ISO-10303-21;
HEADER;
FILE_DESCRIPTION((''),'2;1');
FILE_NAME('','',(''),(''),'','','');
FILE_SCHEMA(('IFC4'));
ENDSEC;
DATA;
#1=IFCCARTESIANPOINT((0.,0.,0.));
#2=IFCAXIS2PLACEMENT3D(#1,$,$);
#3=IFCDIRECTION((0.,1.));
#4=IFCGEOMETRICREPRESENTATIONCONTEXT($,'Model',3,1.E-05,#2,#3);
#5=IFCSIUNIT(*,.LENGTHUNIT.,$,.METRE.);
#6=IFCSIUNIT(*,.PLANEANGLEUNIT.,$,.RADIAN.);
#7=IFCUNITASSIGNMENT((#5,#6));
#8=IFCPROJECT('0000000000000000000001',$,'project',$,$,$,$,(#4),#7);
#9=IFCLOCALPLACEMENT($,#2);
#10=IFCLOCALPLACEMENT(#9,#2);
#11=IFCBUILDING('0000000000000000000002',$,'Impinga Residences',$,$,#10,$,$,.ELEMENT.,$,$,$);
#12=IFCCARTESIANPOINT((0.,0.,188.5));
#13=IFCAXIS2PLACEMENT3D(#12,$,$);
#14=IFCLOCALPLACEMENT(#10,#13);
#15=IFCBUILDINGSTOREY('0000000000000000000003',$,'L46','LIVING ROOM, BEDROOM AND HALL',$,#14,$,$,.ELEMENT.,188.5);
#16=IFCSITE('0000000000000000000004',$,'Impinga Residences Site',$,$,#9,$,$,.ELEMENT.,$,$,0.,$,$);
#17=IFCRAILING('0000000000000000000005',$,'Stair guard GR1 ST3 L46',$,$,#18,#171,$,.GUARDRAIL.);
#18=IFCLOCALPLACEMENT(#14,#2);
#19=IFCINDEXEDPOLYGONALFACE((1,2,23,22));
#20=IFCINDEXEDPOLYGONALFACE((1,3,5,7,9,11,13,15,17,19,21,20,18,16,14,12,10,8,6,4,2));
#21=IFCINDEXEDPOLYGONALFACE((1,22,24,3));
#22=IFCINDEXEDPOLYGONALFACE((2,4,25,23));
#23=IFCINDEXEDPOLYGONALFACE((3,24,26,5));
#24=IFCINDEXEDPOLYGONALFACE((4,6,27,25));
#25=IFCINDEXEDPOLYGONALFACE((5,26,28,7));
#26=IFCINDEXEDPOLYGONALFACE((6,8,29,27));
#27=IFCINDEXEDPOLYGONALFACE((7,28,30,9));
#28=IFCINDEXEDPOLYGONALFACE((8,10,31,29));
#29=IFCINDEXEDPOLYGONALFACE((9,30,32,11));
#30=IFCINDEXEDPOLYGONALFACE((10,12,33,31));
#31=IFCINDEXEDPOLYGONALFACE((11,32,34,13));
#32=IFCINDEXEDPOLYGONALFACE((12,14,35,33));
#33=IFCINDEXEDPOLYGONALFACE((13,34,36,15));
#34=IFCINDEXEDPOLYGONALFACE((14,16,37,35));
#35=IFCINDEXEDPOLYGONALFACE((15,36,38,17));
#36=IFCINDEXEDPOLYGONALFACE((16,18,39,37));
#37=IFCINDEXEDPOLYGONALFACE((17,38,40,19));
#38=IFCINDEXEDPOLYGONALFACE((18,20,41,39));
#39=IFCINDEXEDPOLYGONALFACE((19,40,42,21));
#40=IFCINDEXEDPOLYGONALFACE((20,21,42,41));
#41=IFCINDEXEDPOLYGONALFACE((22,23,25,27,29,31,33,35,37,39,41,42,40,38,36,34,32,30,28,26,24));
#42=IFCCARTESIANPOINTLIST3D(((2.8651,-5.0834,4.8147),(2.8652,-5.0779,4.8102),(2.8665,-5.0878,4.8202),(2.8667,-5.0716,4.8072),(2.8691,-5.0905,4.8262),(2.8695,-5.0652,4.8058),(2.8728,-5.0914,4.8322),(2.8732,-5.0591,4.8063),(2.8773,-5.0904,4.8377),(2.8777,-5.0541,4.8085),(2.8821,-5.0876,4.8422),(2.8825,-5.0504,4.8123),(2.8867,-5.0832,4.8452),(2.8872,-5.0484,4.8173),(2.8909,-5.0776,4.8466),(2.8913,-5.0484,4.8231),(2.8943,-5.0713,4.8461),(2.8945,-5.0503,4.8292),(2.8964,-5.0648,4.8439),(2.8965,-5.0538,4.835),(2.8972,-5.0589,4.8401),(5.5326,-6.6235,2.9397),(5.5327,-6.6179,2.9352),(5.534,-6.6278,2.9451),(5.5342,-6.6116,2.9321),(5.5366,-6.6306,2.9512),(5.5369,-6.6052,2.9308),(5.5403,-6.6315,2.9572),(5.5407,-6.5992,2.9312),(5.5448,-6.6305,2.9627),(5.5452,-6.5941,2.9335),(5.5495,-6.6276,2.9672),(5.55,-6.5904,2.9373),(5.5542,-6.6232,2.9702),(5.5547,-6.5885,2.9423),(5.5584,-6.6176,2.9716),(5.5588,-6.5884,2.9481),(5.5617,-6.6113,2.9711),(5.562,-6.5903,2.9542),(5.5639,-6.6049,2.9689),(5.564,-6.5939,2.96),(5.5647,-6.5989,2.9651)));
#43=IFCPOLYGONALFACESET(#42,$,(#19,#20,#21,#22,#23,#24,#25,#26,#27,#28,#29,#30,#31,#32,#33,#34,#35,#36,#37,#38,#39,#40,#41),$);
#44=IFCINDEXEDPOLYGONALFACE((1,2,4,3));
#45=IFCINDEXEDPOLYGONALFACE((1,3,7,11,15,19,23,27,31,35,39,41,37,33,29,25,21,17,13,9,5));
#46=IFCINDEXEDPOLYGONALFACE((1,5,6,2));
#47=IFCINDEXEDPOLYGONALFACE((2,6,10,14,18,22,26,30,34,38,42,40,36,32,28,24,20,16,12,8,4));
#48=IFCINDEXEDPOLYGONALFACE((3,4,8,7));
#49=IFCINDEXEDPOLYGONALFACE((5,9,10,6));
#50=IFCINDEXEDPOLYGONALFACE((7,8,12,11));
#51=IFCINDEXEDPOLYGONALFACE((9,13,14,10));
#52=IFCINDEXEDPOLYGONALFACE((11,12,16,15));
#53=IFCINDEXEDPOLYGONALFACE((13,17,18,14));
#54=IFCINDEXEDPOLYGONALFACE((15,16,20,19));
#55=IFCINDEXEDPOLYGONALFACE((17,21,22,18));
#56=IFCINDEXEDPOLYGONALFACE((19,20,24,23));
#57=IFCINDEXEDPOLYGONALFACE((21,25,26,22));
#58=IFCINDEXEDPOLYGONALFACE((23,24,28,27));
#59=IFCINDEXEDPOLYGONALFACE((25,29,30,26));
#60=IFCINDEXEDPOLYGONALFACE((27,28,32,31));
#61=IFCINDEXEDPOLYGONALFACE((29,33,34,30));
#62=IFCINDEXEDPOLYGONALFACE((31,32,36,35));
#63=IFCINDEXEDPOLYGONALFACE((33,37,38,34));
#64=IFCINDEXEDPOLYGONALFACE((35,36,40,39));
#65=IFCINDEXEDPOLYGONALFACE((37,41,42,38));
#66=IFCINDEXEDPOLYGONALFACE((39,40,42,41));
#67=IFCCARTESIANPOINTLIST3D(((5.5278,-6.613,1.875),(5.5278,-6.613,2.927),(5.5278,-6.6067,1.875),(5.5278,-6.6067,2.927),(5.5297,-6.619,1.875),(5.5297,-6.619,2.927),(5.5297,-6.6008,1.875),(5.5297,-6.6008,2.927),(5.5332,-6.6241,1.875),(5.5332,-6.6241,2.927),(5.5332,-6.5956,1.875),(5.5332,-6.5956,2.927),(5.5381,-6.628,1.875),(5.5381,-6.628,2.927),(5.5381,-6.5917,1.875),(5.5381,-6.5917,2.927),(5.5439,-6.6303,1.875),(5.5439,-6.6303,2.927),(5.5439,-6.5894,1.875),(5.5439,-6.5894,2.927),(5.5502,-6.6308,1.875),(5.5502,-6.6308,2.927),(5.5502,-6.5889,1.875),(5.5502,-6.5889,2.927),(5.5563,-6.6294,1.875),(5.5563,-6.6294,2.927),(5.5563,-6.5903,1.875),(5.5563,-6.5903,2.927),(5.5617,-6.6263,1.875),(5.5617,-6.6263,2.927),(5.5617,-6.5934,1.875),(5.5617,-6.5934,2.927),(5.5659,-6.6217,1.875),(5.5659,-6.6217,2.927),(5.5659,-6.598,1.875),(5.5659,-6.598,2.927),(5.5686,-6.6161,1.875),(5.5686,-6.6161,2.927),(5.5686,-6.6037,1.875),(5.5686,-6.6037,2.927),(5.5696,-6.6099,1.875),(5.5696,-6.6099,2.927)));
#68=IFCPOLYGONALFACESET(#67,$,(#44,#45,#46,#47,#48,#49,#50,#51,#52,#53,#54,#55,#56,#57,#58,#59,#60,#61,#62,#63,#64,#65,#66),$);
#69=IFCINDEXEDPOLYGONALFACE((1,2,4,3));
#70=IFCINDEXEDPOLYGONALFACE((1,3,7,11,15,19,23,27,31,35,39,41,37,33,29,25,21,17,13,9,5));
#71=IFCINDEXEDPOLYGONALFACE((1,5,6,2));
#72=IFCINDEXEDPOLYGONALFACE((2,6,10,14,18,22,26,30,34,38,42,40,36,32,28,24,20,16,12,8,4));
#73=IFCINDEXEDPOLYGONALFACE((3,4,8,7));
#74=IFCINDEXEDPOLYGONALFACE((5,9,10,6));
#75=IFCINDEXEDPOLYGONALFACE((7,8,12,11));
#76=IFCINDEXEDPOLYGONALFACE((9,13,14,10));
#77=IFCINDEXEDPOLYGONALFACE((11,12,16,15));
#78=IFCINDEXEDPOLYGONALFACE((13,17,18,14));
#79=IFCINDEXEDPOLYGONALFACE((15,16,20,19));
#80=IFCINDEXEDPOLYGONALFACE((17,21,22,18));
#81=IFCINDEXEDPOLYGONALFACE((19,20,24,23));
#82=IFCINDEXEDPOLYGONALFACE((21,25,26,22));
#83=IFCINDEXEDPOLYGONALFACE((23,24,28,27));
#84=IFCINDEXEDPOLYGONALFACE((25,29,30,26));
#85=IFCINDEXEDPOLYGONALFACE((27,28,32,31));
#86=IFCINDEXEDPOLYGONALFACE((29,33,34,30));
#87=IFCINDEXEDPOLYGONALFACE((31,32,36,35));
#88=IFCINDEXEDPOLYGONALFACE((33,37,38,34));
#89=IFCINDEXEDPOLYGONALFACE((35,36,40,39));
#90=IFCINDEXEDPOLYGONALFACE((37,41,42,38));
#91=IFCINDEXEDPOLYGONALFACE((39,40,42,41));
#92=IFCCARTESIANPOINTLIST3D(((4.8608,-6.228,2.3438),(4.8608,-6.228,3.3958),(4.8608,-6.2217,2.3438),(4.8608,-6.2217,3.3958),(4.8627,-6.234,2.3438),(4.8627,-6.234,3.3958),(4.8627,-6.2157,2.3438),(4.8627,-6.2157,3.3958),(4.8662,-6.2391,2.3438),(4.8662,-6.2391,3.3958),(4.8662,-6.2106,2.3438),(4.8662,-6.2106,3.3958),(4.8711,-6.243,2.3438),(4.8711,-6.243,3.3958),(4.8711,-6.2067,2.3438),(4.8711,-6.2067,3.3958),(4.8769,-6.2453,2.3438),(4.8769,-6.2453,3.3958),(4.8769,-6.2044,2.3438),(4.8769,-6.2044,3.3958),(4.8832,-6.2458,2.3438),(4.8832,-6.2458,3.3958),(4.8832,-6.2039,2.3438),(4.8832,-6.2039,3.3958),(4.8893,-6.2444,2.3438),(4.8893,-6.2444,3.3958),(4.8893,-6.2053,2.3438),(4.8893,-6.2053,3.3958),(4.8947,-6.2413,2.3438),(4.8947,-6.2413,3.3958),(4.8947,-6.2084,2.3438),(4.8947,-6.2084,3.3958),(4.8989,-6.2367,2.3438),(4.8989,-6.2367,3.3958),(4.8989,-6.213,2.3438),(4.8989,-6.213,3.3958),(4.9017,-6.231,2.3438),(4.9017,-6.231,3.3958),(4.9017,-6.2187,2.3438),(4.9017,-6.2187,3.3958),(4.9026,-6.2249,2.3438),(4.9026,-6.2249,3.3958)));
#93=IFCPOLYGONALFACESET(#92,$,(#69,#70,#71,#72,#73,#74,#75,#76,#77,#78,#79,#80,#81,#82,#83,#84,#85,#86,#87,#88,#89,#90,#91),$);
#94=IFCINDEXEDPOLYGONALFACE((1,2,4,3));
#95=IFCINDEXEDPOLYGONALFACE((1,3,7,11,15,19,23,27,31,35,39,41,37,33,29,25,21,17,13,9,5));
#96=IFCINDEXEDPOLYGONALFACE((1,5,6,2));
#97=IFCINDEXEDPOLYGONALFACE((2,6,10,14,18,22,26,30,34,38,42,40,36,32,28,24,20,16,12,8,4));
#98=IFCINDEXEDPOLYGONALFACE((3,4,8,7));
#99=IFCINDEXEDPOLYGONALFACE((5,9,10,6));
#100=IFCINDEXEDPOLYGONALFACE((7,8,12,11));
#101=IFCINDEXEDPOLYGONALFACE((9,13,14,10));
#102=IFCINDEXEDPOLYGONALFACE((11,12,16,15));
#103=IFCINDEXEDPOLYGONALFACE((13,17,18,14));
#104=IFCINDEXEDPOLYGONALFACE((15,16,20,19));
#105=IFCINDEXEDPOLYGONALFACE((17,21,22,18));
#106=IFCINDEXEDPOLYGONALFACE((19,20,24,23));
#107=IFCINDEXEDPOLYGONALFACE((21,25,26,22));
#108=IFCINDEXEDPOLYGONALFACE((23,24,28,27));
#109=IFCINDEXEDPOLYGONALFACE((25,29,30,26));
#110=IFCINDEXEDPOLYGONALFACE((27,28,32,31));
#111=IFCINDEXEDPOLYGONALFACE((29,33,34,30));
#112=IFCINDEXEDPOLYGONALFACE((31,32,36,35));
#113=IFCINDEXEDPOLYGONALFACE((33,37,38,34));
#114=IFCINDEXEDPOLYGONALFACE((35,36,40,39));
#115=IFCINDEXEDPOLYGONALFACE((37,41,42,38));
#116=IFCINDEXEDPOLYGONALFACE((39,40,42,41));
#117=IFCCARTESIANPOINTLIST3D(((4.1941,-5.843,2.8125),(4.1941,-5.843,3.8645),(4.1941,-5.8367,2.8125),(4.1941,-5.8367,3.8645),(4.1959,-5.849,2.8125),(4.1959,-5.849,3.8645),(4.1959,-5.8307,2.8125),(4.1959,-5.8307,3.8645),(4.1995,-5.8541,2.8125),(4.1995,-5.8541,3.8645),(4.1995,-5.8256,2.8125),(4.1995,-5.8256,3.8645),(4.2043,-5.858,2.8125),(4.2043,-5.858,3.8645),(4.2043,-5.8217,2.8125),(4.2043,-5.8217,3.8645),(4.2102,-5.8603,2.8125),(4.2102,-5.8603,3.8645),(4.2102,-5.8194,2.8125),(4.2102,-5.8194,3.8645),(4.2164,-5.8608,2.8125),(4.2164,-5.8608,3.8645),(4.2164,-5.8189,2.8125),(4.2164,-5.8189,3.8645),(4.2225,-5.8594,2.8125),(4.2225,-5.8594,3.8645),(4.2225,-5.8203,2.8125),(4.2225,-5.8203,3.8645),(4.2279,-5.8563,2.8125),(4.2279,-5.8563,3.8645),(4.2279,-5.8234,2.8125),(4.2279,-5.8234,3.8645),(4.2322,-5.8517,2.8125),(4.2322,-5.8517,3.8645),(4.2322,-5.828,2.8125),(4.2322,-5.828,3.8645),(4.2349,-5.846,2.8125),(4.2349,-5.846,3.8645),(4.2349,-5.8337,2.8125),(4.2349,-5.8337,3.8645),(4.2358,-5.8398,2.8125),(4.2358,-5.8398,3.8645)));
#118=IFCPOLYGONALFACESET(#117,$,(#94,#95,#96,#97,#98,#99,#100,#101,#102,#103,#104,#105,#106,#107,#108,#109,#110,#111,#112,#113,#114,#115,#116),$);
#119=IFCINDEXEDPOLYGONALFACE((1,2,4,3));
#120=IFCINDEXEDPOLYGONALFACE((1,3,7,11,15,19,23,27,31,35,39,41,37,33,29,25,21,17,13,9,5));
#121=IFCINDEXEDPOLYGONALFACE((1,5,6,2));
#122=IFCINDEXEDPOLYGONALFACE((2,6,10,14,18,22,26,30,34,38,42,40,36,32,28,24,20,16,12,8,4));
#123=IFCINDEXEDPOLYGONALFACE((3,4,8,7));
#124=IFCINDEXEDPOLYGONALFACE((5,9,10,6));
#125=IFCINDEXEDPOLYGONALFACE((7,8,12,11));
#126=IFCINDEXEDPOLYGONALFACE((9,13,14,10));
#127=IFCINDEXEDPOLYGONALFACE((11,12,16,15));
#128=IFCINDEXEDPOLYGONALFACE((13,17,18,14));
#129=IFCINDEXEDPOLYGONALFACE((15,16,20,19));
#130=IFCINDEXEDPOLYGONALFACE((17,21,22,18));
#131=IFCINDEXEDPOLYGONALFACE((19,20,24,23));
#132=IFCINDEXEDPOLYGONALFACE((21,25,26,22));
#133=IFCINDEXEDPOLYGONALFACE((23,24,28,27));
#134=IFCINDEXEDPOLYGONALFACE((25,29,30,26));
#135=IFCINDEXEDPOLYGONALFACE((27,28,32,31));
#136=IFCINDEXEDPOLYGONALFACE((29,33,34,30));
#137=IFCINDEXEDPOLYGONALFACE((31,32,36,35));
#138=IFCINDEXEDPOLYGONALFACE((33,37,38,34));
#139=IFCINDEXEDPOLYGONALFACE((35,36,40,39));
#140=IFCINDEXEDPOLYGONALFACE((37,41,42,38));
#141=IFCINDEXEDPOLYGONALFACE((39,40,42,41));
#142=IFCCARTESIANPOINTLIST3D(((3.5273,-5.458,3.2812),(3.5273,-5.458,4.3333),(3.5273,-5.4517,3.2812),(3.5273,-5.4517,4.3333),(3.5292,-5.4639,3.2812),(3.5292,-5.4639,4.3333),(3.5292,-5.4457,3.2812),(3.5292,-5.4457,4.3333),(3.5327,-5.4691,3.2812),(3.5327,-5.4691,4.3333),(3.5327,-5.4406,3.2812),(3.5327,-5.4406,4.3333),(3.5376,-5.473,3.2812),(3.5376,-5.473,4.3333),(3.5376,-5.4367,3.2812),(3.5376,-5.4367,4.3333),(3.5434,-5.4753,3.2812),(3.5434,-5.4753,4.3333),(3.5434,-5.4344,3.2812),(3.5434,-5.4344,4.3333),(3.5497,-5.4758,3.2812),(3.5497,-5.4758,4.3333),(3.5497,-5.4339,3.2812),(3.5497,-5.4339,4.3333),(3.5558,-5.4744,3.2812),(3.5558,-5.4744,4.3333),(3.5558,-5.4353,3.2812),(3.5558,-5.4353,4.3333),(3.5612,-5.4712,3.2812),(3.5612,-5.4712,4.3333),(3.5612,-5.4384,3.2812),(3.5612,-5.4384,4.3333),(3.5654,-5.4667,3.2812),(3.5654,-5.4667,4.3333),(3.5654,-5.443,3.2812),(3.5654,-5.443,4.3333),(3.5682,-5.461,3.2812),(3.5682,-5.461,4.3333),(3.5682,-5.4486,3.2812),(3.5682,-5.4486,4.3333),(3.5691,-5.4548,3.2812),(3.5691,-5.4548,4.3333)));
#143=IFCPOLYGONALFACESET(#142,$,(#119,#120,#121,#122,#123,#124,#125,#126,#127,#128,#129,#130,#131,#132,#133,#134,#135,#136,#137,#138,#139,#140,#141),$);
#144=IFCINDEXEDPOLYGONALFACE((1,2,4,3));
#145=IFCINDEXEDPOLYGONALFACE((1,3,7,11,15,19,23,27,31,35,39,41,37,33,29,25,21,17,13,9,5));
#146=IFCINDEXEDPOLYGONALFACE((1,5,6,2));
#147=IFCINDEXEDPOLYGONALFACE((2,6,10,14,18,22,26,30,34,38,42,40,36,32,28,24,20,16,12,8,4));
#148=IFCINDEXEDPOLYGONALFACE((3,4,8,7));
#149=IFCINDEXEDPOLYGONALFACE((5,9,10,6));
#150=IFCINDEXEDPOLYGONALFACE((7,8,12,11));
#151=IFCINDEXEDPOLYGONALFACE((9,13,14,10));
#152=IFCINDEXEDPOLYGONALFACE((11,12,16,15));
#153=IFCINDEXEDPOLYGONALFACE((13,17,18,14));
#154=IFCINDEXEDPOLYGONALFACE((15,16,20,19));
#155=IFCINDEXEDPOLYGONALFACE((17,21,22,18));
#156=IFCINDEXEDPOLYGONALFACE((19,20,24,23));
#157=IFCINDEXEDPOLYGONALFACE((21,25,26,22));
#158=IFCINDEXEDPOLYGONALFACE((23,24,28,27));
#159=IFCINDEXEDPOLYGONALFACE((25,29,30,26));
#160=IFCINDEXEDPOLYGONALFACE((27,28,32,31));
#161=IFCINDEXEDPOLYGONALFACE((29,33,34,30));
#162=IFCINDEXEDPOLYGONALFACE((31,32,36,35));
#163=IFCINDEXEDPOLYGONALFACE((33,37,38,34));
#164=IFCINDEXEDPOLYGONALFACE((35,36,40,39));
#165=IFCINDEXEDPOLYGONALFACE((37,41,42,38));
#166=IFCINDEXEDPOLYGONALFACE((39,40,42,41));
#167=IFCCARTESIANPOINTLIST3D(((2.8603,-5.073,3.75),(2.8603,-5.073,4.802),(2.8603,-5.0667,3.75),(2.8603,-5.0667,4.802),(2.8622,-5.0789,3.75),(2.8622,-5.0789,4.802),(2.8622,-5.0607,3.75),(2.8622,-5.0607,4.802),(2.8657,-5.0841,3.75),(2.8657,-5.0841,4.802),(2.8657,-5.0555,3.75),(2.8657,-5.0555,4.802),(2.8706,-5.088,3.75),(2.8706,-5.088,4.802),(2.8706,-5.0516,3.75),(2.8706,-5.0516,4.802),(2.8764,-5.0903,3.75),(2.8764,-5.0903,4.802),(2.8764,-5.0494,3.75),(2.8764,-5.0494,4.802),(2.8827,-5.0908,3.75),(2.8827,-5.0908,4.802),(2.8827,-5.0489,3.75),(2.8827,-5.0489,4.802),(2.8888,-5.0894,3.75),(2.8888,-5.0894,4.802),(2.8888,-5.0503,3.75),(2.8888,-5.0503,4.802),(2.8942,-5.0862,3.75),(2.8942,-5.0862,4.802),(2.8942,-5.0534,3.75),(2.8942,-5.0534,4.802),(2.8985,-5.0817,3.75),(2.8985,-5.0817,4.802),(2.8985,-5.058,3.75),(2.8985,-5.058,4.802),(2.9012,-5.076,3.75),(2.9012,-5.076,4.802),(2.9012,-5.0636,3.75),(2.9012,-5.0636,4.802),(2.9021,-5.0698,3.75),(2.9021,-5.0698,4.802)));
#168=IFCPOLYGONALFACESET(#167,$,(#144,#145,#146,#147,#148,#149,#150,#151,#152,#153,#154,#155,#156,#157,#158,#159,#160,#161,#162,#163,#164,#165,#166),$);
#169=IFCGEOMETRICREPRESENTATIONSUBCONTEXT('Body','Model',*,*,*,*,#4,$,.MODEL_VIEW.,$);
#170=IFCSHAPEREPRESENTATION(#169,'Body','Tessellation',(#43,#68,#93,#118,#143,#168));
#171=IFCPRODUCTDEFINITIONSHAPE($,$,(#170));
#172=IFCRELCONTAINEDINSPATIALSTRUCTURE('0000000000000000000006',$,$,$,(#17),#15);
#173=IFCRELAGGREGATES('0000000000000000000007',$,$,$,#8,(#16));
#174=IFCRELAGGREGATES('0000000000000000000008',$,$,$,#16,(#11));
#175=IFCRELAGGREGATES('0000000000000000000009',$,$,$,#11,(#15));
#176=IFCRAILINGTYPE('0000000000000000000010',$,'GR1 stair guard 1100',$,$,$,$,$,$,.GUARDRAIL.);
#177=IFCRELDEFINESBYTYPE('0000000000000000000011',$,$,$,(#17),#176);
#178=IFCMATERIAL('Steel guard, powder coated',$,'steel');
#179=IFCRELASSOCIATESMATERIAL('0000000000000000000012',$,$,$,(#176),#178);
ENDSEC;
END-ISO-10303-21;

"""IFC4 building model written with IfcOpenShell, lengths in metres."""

from ifc_helpers import new_model, si_unit, direction, frame, origin, origin_2d, place, context, subcontext, project, spatial, circle, extrude, material, type_object, element, save


model = new_model("IFC4")

# Units and contexts
model_context = context("Model", 3, precision=1e-05, world=origin(), true_north=direction((0.0, 1.0)))
body_context = subcontext(model_context, "Body", "Model", "MODEL_VIEW")
ifc_project = project(units=[si_unit("LENGTHUNIT", "METRE"), si_unit("PLANEANGLEUNIT", "RADIAN")], contexts=[model_context])

# Site, building, storey
site_placement = place(None, origin())
site = spatial("IfcSite", under=ifc_project, at=site_placement, Name="Impinga Residences Site", CompositionType="ELEMENT", RefElevation=0.0)
building_placement = place(site_placement, origin())
building = spatial("IfcBuilding", under=site, at=building_placement, Name="Impinga Residences", CompositionType="ELEMENT")
storey_placement = place(building_placement, frame((0.0, 0.0, 188.5)))
storey = spatial("IfcBuildingStorey", under=building, at=storey_placement, Name="L46", Description="LIVING ROOM, BEDROOM AND HALL", CompositionType="ELEMENT", Elevation=188.5)

# Railing
ifc_material_1 = material(Name="Steel guard, powder coated", Category="steel")
railing_type = type_object("IfcRailingType", Name="GR1 stair guard 1100", PredefinedType="GUARDRAIL", material=ifc_material_1)
railing_placement = place(storey_placement, frame((5.5486, -6.6099, 1.875)))
element("IfcRailing", 1, at=railing_placement, inside=storey, type_object=railing_type, Name="Stair guard GR1 ST3 L46", PredefinedType="GUARDRAIL", context=body_context, shape_type="SweptSolid", body=[
    extrude(circle(Radius=0.0239, at=origin_2d()), frame((0.0, 0.0, 1.0762), z_axis=(-0.739746, 0.427084, 0.519975), x_axis=(-0.499992, -0.86603, 0.0)), (0.0, 0.0, 1.0), 3.606),
    extrude(circle(Radius=0.021, at=origin_2d()), origin(), (0.0, 0.0, 1.0), 1.052),
    extrude(circle(Radius=0.021, at=origin_2d()), frame((-0.667, 0.385, 0.4688)), (0.0, 0.0, 1.0), 1.052),
    extrude(circle(Radius=0.021, at=origin_2d()), frame((-1.3337, 0.77, 0.9375)), (0.0, 0.0, 1.0), 1.052),
    extrude(circle(Radius=0.021, at=origin_2d()), frame((-2.0005, 1.155, 1.4062)), (0.0, 0.0, 1.0), 1.052),
    extrude(circle(Radius=0.021, at=origin_2d()), frame((-2.6675, 1.54, 1.875)), (0.0, 0.0, 1.0), 1.052),
])

save(model, "model.ifc")
